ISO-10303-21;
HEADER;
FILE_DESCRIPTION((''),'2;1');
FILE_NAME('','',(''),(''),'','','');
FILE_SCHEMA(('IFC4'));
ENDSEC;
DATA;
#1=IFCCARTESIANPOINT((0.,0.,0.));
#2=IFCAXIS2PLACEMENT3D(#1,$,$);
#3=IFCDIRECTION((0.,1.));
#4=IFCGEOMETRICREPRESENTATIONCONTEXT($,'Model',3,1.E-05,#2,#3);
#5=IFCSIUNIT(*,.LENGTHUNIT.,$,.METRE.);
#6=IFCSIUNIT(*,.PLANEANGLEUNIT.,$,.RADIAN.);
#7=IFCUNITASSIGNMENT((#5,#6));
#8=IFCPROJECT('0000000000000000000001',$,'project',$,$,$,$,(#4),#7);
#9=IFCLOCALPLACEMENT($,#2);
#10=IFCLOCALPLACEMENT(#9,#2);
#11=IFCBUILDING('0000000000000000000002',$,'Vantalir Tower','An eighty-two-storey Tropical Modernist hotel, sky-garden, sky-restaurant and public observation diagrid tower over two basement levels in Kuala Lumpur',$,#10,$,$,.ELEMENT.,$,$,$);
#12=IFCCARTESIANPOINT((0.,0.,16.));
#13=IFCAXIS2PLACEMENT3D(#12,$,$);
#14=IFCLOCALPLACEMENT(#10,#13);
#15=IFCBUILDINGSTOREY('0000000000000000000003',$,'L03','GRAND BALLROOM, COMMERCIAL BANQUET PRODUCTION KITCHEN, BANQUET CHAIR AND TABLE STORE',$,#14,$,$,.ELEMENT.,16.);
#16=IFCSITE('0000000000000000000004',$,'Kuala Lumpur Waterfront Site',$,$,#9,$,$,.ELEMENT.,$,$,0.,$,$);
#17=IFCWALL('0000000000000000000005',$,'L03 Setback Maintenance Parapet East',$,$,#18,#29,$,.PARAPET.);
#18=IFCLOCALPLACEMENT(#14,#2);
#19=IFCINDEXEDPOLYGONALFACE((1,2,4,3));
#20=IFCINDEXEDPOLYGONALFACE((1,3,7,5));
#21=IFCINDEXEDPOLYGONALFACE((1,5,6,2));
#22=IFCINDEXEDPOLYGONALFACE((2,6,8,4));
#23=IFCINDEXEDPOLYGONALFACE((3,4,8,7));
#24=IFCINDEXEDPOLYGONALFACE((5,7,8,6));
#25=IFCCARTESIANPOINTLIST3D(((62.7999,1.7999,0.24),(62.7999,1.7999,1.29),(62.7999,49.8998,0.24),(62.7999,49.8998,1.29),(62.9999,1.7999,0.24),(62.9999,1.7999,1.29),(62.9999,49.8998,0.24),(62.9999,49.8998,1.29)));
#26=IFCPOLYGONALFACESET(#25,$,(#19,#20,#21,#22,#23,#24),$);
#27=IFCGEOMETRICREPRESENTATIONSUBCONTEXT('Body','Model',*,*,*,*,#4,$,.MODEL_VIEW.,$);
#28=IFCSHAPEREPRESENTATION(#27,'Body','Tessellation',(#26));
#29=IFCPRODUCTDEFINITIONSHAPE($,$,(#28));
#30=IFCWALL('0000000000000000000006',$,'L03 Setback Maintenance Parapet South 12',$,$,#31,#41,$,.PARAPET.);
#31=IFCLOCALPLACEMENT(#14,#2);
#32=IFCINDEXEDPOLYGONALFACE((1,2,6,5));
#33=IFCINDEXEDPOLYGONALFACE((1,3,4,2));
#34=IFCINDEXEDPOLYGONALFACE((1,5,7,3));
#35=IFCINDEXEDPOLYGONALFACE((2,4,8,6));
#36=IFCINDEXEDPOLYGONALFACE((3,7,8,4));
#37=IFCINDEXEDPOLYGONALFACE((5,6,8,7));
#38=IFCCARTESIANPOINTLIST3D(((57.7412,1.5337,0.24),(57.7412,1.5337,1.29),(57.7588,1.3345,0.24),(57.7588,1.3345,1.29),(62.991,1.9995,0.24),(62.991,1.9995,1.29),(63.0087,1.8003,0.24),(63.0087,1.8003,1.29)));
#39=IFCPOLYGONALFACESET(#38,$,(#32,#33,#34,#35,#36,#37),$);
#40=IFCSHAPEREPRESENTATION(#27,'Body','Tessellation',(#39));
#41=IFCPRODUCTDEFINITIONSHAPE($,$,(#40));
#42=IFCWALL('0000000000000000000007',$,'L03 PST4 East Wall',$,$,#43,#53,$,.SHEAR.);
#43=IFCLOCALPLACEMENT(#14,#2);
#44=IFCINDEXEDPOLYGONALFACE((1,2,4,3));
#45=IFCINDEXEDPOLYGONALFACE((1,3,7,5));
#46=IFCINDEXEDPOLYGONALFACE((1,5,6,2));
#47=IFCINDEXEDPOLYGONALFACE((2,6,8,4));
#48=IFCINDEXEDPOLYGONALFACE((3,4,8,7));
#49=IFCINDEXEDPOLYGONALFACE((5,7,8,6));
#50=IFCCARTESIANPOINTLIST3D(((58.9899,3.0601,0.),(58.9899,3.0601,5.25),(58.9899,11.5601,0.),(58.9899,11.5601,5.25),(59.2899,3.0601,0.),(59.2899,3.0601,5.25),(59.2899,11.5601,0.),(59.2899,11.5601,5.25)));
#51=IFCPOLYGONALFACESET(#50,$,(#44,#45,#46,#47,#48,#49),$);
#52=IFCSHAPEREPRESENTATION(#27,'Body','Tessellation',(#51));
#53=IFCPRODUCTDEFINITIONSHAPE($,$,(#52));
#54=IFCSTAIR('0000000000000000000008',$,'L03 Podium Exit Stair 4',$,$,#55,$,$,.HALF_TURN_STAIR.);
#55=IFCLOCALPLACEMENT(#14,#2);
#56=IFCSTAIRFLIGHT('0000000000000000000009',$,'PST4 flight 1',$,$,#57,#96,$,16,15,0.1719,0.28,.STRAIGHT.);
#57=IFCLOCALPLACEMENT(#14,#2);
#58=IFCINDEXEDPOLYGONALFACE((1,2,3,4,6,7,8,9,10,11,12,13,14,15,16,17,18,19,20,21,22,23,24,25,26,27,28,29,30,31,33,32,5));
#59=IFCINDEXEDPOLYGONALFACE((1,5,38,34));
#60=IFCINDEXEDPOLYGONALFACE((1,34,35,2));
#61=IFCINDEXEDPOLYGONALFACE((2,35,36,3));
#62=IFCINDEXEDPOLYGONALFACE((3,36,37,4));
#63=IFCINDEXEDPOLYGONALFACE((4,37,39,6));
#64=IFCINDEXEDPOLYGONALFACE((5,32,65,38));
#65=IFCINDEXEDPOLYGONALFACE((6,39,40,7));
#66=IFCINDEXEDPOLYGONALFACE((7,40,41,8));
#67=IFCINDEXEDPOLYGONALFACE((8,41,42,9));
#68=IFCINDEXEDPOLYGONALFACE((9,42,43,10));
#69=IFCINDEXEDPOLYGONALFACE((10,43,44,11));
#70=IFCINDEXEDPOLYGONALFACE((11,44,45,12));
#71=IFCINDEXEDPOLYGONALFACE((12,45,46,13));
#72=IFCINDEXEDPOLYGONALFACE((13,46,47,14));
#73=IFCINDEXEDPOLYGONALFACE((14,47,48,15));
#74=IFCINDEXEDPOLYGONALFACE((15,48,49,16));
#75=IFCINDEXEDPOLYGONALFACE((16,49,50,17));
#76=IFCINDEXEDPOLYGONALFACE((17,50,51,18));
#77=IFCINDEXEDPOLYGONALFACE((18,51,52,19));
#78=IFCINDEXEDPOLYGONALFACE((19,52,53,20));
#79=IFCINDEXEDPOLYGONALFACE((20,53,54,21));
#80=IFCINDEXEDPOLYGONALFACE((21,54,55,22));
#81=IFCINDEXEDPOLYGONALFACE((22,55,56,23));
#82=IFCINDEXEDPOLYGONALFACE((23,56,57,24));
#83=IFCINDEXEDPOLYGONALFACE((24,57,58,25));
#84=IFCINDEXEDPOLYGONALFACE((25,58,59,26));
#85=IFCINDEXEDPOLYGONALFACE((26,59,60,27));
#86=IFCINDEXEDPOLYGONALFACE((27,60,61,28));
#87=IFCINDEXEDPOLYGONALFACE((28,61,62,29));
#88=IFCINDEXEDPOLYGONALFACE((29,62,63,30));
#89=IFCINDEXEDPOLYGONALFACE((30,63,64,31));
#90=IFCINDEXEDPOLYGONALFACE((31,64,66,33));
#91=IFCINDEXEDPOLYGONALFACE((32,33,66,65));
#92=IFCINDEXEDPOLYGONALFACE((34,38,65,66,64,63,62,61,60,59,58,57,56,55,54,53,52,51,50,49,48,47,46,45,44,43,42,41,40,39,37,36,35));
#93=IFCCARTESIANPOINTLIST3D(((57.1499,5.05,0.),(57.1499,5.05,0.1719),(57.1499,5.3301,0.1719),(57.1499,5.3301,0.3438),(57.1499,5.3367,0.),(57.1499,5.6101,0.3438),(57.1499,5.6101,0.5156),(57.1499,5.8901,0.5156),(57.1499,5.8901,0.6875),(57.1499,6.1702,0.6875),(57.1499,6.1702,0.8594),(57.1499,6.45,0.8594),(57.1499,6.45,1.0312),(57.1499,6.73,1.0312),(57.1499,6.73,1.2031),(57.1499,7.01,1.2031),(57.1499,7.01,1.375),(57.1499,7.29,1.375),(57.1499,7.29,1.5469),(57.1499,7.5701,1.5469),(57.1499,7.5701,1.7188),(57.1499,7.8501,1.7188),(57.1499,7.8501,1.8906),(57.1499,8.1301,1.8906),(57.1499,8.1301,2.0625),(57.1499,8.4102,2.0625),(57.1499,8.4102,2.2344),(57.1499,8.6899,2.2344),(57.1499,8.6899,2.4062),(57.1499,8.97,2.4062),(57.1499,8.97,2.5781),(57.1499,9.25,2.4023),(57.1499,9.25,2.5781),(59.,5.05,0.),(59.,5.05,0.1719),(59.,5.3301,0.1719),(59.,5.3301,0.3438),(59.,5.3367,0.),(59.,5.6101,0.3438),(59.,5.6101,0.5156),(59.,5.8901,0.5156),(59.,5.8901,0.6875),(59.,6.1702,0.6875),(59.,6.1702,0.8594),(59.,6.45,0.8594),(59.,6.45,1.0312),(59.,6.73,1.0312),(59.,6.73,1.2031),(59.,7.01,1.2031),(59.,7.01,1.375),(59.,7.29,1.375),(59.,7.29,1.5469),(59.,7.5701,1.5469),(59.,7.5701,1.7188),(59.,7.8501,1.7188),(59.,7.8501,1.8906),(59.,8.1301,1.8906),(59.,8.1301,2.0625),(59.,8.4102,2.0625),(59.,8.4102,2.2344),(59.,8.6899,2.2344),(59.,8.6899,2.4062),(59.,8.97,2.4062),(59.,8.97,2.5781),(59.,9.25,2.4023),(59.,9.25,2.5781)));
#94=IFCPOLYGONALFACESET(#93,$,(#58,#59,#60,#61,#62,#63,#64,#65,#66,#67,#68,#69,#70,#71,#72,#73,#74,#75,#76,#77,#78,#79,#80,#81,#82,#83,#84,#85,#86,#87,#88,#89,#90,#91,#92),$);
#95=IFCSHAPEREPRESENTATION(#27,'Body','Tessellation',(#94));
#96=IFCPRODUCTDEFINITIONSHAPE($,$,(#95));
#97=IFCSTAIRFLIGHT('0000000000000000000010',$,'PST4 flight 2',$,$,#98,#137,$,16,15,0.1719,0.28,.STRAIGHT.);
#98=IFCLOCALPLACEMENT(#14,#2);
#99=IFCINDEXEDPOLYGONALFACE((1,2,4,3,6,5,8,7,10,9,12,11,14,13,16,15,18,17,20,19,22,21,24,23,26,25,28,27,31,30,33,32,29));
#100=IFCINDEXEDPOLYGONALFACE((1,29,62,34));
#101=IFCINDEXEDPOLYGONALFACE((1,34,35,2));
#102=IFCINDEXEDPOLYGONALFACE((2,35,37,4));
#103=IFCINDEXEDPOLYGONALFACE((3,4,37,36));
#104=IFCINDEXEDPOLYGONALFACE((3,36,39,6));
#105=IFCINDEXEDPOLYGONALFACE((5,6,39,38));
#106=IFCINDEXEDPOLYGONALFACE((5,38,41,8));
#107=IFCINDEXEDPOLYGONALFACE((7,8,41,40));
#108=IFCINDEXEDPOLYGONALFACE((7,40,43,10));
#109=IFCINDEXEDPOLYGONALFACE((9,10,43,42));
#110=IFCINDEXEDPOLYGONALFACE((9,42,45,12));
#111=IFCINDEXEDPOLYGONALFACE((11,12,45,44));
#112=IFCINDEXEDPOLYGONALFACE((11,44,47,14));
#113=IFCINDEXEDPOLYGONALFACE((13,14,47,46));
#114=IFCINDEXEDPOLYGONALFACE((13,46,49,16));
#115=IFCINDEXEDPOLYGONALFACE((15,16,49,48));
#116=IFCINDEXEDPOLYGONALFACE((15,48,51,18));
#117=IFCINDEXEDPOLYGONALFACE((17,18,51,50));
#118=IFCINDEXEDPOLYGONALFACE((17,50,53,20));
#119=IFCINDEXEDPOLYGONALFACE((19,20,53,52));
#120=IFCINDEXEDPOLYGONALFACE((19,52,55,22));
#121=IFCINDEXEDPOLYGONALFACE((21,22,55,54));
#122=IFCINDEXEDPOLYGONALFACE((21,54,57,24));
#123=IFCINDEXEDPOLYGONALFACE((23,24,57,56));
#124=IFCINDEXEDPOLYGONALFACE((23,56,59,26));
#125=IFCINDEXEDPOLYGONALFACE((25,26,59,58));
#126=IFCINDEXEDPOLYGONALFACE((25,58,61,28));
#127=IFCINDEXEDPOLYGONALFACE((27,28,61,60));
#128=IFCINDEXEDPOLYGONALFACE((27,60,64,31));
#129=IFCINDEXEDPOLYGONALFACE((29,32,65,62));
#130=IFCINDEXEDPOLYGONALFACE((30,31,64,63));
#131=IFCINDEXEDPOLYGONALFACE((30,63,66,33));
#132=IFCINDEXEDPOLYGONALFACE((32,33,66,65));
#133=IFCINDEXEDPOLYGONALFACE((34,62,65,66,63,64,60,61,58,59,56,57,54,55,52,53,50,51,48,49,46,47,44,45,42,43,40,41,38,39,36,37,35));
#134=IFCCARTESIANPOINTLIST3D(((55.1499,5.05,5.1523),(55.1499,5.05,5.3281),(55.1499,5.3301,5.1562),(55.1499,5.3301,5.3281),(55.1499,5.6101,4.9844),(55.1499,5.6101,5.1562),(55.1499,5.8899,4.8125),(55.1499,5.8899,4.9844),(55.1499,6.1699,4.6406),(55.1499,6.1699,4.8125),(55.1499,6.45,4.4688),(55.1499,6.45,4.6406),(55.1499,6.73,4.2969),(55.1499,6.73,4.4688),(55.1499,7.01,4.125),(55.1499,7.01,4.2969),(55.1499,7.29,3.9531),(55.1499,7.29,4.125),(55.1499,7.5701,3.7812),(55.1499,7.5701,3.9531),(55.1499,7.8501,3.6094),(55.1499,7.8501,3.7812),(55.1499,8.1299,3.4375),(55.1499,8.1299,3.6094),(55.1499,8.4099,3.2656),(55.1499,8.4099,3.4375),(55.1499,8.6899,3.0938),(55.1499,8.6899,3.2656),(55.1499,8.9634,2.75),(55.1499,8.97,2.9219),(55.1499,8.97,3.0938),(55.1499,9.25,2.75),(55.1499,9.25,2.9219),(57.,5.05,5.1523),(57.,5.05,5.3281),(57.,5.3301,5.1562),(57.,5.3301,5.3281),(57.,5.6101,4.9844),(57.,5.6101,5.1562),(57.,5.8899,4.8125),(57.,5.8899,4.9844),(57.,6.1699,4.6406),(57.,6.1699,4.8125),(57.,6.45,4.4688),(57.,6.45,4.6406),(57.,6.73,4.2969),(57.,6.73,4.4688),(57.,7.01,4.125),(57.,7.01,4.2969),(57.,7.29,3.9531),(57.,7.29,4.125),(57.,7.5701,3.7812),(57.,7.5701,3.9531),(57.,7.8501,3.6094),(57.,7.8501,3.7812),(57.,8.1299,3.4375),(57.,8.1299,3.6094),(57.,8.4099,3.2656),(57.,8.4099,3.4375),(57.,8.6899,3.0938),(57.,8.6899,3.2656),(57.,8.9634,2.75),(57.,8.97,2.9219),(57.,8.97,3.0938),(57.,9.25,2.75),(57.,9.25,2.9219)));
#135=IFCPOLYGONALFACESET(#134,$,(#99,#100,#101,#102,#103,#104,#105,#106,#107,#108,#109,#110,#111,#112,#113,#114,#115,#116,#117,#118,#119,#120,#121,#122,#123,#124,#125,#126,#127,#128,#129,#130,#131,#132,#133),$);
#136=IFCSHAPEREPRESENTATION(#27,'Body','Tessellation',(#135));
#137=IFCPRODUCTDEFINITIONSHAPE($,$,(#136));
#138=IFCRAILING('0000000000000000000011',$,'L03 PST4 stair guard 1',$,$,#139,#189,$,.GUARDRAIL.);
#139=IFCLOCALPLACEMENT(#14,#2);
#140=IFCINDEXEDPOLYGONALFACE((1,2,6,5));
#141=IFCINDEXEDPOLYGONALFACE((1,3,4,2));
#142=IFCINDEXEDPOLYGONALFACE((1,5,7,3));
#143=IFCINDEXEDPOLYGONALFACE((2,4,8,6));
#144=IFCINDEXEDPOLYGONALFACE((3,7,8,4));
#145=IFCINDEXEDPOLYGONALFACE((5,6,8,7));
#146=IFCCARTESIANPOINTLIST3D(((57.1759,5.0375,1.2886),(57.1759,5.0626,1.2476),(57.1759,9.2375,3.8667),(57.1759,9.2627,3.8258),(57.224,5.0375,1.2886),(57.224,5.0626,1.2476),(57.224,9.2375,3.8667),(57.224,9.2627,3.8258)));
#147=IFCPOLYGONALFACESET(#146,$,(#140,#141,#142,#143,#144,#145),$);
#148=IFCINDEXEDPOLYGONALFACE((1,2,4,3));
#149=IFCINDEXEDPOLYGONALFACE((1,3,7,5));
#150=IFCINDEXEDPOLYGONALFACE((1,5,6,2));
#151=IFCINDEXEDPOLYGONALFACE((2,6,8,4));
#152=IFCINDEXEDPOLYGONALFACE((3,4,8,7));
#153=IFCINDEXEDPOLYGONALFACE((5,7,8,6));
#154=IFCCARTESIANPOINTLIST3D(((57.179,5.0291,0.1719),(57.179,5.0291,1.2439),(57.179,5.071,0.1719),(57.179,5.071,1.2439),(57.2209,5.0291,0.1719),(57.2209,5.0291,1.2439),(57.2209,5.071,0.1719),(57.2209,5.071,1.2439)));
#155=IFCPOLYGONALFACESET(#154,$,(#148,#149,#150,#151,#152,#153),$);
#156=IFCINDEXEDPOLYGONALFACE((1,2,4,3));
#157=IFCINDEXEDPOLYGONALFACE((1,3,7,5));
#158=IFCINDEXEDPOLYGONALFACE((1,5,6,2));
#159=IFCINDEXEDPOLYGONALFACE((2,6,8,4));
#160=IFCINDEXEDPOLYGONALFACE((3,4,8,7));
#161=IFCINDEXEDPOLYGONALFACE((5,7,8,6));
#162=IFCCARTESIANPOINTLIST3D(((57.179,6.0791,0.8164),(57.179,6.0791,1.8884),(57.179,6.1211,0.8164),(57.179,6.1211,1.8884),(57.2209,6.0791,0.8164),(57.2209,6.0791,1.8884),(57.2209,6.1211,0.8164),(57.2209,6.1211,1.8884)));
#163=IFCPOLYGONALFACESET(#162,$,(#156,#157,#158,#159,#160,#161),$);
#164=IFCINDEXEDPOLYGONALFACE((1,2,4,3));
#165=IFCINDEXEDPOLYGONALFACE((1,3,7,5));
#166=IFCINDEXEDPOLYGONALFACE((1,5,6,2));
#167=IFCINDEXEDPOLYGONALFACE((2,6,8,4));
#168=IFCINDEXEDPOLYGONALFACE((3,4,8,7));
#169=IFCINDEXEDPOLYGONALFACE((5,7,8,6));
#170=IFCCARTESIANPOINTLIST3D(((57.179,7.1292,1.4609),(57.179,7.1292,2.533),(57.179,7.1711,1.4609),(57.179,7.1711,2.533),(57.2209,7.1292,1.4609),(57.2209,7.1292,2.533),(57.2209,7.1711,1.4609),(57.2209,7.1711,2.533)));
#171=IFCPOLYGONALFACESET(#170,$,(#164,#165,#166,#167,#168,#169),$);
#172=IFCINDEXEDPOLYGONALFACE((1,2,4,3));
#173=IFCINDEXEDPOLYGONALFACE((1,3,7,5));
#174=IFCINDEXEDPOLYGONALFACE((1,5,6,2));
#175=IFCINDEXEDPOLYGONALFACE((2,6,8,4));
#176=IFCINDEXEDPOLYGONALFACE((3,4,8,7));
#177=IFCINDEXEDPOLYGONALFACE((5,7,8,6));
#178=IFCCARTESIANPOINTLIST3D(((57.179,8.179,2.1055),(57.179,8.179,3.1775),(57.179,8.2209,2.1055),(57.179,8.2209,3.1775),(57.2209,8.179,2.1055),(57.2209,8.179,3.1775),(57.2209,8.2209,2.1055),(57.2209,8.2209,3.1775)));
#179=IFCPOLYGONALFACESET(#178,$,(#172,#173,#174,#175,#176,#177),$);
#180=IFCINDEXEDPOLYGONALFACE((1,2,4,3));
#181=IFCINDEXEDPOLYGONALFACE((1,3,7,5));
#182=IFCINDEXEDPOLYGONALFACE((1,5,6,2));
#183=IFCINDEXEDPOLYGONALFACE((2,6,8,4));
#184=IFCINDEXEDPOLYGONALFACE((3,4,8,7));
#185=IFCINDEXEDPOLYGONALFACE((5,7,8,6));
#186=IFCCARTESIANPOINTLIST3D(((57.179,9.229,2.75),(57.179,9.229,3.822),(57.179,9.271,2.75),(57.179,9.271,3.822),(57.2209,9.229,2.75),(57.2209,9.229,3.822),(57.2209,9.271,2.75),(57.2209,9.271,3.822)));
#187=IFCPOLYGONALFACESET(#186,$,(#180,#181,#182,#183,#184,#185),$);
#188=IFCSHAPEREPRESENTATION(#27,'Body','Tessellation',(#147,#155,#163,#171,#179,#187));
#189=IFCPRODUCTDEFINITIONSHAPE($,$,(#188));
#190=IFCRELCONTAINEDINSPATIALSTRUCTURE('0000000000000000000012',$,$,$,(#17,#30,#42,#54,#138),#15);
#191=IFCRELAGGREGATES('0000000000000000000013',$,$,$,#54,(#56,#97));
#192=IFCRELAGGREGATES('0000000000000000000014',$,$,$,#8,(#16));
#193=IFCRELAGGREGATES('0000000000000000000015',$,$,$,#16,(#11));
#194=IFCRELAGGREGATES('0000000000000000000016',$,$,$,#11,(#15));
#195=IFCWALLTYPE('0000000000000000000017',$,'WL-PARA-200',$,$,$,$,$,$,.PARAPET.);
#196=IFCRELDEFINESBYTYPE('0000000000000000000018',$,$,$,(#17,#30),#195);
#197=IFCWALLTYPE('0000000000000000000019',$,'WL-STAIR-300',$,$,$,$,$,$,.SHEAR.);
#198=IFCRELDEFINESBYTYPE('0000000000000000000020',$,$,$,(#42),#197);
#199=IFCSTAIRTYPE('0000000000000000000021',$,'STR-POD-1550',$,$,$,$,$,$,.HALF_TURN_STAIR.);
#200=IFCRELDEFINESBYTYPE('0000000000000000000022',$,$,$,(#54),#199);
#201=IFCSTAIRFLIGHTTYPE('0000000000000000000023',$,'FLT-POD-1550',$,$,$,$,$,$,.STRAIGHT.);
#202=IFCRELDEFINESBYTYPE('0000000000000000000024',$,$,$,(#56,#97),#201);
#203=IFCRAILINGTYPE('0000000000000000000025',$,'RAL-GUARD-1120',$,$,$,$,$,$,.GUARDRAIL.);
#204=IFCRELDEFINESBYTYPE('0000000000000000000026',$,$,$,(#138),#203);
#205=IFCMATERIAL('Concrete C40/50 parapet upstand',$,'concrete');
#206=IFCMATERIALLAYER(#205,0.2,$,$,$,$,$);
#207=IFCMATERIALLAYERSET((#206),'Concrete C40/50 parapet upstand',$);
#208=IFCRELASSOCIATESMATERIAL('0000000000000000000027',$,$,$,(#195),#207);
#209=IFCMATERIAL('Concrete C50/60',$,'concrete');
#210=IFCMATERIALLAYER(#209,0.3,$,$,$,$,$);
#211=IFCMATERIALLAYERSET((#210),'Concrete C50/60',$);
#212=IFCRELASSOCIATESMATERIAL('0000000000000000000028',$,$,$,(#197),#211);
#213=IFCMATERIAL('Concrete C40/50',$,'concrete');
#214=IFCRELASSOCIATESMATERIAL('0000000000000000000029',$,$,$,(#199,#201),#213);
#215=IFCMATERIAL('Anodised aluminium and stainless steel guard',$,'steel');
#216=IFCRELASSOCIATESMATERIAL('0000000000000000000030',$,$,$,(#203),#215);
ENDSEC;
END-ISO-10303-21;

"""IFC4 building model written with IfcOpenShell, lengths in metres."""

from ifc_helpers import new_model, si_unit, direction, frame, frame_2d, origin, origin_2d, place, context, subcontext, project, spatial, polyline, rectangle, outline, extrude, material, layer, layer_set, type_object, element, aggregate, save


model = new_model("IFC4")

# Units and contexts
model_context = context("Model", 3, precision=1e-05, world=origin(), true_north=direction((0.0, 1.0)))
body_context = subcontext(model_context, "Body", "Model", "MODEL_VIEW")
ifc_project = project(units=[si_unit("LENGTHUNIT", "METRE"), si_unit("PLANEANGLEUNIT", "RADIAN")], contexts=[model_context])

# Site, building, storey
site_placement = place(None, origin())
site = spatial("IfcSite", under=ifc_project, at=site_placement, Name="Kuala Lumpur Waterfront Site", CompositionType="ELEMENT", RefElevation=0.0)
building_placement = place(site_placement, origin())
building = spatial("IfcBuilding", under=site, at=building_placement, Name="Vantalir Tower", Description="An eighty-two-storey Tropical Modernist hotel, sky-garden, sky-restaurant and public observation diagrid tower over two basement levels in Kuala Lumpur", CompositionType="ELEMENT")
storey_placement = place(building_placement, frame((0.0, 0.0, 16.0)))
storey = spatial("IfcBuildingStorey", under=building, at=storey_placement, Name="L03", Description="GRAND BALLROOM, COMMERCIAL BANQUET PRODUCTION KITCHEN, BANQUET CHAIR AND TABLE STORE", CompositionType="ELEMENT", Elevation=16.0)

# Shared definitions
ifc_material_1 = material(Name="Concrete C50/60", Category="concrete")

# Walls
ifc_material_2 = material(Name="Concrete C40/50 parapet upstand", Category="concrete")
ifc_layer_1 = layer(ifc_material_2, 0.2)
ifc_layer_set_1 = layer_set([ifc_layer_1], Name="Concrete C40/50 parapet upstand")
wall_type_1 = type_object("IfcWallType", Name="WL-PARA-200", PredefinedType="PARAPET", material=ifc_layer_set_1)
wall_1_placement = place(storey_placement, frame((62.8999, 1.8, 0.24), z_axis=(0.0, 0.0, 1.0), x_axis=(0.0, 1.0, 0.0)))
element("IfcWall", 1, at=wall_1_placement, inside=storey, type_object=wall_type_1, Name="L03 Setback Maintenance Parapet East", PredefinedType="PARAPET", context=body_context, shape_type="SweptSolid", body=[
    extrude(rectangle(XDim=48.0999, YDim=0.2, at=frame_2d((24.0498, 0.0))), origin(), (0.0, 0.0, 1.0), 1.05),
])
wall_2_placement = place(storey_placement, frame((57.75, 1.4341, 0.24), z_axis=(0.0, 0.0, 1.0), x_axis=(0.996087, 0.08838, 0.0)))
element("IfcWall", 2, at=wall_2_placement, inside=storey, type_object=wall_type_1, Name="L03 Setback Maintenance Parapet South 12", PredefinedType="PARAPET", context=body_context, shape_type="SweptSolid", body=[
    extrude(rectangle(XDim=5.2705, YDim=0.2, at=frame_2d((2.6353, 0.0))), origin(), (0.0, 0.0, 1.0), 1.05),
])
ifc_layer_2 = layer(ifc_material_1, 0.3)
ifc_layer_set_2 = layer_set([ifc_layer_2], Name="Concrete C50/60")
wall_type_2 = type_object("IfcWallType", Name="WL-STAIR-300", PredefinedType="SHEAR", material=ifc_layer_set_2)
wall_3_placement = place(storey_placement, frame((59.1399, 3.0601, 0.0), z_axis=(0.0, 0.0, 1.0), x_axis=(0.0, 1.0, 0.0)))
element("IfcWall", 3, at=wall_3_placement, inside=storey, type_object=wall_type_2, Name="L03 PST4 East Wall", PredefinedType="SHEAR", context=body_context, shape_type="SweptSolid", body=[
    extrude(rectangle(XDim=8.5, YDim=0.3, at=frame_2d((4.25, 0.0))), origin(), (0.0, 0.0, 1.0), 5.25),
])

# Stair, stair flights
ifc_material_3 = material(Name="Concrete C40/50", Category="concrete")
stair_type = type_object("IfcStairType", Name="STR-POD-1550", PredefinedType="HALF_TURN_STAIR", material=ifc_material_3)
stair_placement = place(storey_placement, origin())
stair = element("IfcStair", 4, at=stair_placement, inside=storey, type_object=stair_type, Name="L03 Podium Exit Stair 4", PredefinedType="HALF_TURN_STAIR")
stair_flight_type = type_object("IfcStairFlightType", Name="FLT-POD-1550", PredefinedType="STRAIGHT", material=ifc_material_3)
stair_flight_1_placement = place(storey_placement, frame((58.075, 5.05, 0.0), z_axis=(0.0, 0.0, 1.0), x_axis=(0.0, 1.0, 0.0)))
stair_flight_1 = element("IfcStairFlight", 5, at=stair_flight_1_placement, type_object=stair_flight_type, Name="PST4 flight 1", NumberOfRisers=16, NumberOfTreads=15, PredefinedType="STRAIGHT", RiserHeight=0.1719, TreadLength=0.28, context=body_context, shape_type="SweptSolid", body=[
    extrude(outline(polyline([(0.0, 0.0), (0.0, 0.1719), (0.28, 0.1719), (0.28, 0.3438), (0.5601, 0.3438), (0.5601, 0.5156), (0.8401, 0.5156), (0.8401, 0.6875), (1.1201, 0.6875), (1.1201, 0.8594), (1.3999, 0.8594), (1.3999, 1.0312), (1.6799, 1.0312), (1.6799, 1.2031), (1.96, 1.2031), (1.96, 1.375), (2.24, 1.375), (2.24, 1.5469), (2.52, 1.5469), (2.52, 1.7188), (2.8, 1.7188), (2.8, 1.8906), (3.0801, 1.8906), (3.0801, 2.0625), (3.3601, 2.0625), (3.3601, 2.2344), (3.6399, 2.2344), (3.6399, 2.4062), (3.9199, 2.4062), (3.9199, 2.5781), (4.2, 2.5781), (4.2, 2.75), (4.2, 2.4023), (0.2866, 0.0), (0.0, 0.0)])), frame((0.0, 0.925, 0.0), z_axis=(0.0, -1.0, 0.0), x_axis=(1.0, 0.0, 0.0)), (0.0, 0.0, 1.0), 1.8501),
])
stair_flight_2_placement = place(storey_placement, frame((56.075, 9.25, 2.75), z_axis=(0.0, 0.0, 1.0), x_axis=(0.0, -1.0, 0.0)))
stair_flight_2 = element("IfcStairFlight", 6, at=stair_flight_2_placement, type_object=stair_flight_type, Name="PST4 flight 2", NumberOfRisers=16, NumberOfTreads=15, PredefinedType="STRAIGHT", RiserHeight=0.1719, TreadLength=0.28, context=body_context, shape_type="SweptSolid", body=[
    extrude(outline(polyline([(0.0, 0.0), (0.0, 0.1719), (0.28, 0.1719), (0.28, 0.3438), (0.5601, 0.3438), (0.5601, 0.5156), (0.8401, 0.5156), (0.8401, 0.6875), (1.1201, 0.6875), (1.1201, 0.8594), (1.3999, 0.8594), (1.3999, 1.0312), (1.6799, 1.0312), (1.6799, 1.2031), (1.96, 1.2031), (1.96, 1.375), (2.24, 1.375), (2.24, 1.5469), (2.52, 1.5469), (2.52, 1.7188), (2.8, 1.7188), (2.8, 1.8906), (3.0801, 1.8906), (3.0801, 2.0625), (3.3601, 2.0625), (3.3601, 2.2344), (3.6399, 2.2344), (3.6399, 2.4062), (3.9199, 2.4062), (3.9199, 2.5781), (4.2, 2.5781), (4.2, 2.75), (4.2, 2.4023), (0.2866, 0.0), (0.0, 0.0)])), frame((0.0, 0.925, 0.0), z_axis=(0.0, -1.0, 0.0), x_axis=(1.0, 0.0, 0.0)), (0.0, 0.0, 1.0), 1.8501),
])
aggregate(stair, [stair_flight_1, stair_flight_2])

# Railing
ifc_material_4 = material(Name="Anodised aluminium and stainless steel guard", Category="steel")
railing_type_1 = type_object("IfcRailingType", Name="RAL-GUARD-1120", PredefinedType="GUARDRAIL", material=ifc_material_4)
railing_1_placement = place(storey_placement, frame((57.2, 5.05, 0.1719)))
element("IfcRailing", 7, at=railing_1_placement, inside=storey, type_object=railing_type_1, Name="L03 PST4 stair guard 1", PredefinedType="GUARDRAIL", context=body_context, shape_type="SweptSolid", body=[
    extrude(rectangle(XDim=0.0481, YDim=0.0481, at=origin_2d()), frame((0.0, 0.0, 1.0962), z_axis=(0.0, 0.852243, 0.523146), x_axis=(-1.0, 0.0, 0.0)), (0.0, 0.0, 1.0), 4.9282),
    extrude(rectangle(XDim=0.042, YDim=0.042, at=origin_2d()), origin(), (0.0, 0.0, 1.0), 1.072),
    extrude(rectangle(XDim=0.042, YDim=0.042, at=origin_2d()), frame((0.0, 1.05, 0.6445)), (0.0, 0.0, 1.0), 1.072),
    extrude(rectangle(XDim=0.042, YDim=0.042, at=origin_2d()), frame((0.0, 2.1001, 1.2891)), (0.0, 0.0, 1.0), 1.072),
    extrude(rectangle(XDim=0.042, YDim=0.042, at=origin_2d()), frame((0.0, 3.1499, 1.9336)), (0.0, 0.0, 1.0), 1.072),
    extrude(rectangle(XDim=0.042, YDim=0.042, at=origin_2d()), frame((0.0, 4.2, 2.5781)), (0.0, 0.0, 1.0), 1.072),
])

save(model, "model.ifc")
